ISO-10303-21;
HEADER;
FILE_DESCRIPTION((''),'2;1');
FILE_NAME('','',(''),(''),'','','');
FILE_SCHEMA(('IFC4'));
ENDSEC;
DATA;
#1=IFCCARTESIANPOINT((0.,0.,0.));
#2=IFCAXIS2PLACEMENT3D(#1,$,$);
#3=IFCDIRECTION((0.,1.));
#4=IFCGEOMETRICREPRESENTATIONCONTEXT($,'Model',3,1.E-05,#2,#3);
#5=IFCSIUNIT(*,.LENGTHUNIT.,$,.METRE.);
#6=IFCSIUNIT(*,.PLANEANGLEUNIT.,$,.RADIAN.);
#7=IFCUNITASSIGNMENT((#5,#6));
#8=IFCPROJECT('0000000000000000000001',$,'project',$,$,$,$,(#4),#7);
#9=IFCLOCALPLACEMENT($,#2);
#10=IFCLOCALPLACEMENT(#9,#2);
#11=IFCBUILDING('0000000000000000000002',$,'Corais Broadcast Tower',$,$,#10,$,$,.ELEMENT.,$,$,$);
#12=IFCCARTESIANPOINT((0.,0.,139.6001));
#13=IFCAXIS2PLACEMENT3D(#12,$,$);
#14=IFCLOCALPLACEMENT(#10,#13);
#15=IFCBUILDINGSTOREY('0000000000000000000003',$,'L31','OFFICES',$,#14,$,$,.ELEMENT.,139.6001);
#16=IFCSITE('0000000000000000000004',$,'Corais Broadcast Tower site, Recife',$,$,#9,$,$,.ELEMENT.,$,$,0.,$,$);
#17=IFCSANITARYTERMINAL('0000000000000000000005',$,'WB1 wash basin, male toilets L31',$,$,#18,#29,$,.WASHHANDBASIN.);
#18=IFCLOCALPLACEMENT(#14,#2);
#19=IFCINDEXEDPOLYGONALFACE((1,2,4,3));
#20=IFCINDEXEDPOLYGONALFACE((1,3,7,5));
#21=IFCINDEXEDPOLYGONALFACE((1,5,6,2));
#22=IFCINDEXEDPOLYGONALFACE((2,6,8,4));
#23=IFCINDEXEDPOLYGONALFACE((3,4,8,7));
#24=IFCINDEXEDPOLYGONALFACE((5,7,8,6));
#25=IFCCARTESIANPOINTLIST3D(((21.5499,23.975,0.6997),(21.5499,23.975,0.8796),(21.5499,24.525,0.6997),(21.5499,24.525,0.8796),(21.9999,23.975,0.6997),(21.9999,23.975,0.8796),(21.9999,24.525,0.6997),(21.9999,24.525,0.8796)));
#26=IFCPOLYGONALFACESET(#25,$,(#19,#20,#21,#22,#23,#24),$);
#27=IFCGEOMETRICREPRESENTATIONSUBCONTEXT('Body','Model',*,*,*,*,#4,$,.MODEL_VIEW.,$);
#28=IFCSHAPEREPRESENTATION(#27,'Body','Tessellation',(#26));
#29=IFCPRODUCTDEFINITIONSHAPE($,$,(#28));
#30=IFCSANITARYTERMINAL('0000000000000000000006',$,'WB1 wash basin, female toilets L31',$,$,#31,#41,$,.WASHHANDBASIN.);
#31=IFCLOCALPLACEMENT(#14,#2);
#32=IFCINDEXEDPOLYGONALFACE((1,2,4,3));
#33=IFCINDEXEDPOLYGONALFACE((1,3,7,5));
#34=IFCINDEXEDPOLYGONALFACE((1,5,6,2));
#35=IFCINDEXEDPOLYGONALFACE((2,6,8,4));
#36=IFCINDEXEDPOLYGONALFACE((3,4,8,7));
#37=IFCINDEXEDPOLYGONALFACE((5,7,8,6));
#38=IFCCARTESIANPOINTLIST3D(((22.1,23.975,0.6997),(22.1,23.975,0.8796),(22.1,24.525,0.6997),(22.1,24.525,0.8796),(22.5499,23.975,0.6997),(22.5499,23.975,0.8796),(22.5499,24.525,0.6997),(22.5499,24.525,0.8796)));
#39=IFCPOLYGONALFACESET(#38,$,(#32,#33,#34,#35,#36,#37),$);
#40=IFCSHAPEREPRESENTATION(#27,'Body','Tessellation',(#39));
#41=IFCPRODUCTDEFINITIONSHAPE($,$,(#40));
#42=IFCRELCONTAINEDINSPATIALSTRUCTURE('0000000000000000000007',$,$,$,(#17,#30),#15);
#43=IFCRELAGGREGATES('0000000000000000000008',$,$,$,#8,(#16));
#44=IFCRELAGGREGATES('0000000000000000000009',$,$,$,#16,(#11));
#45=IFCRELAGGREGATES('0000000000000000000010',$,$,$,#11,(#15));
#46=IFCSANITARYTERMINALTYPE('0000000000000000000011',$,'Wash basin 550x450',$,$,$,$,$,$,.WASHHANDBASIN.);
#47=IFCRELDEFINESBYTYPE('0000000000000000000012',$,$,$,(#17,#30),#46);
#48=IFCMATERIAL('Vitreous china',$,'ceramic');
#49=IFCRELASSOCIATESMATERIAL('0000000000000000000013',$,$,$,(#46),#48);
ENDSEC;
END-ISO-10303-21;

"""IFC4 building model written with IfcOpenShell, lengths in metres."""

from ifc_helpers import new_model, si_unit, direction, frame, origin, origin_2d, place, context, subcontext, project, spatial, rectangle, extrude, material, type_object, element, save


model = new_model("IFC4")

# Units and contexts
model_context = context("Model", 3, precision=1e-05, world=origin(), true_north=direction((0.0, 1.0)))
body_context = subcontext(model_context, "Body", "Model", "MODEL_VIEW")
ifc_project = project(units=[si_unit("LENGTHUNIT", "METRE"), si_unit("PLANEANGLEUNIT", "RADIAN")], contexts=[model_context])

# Site, building, storey
site_placement = place(None, origin())
site = spatial("IfcSite", under=ifc_project, at=site_placement, Name="Corais Broadcast Tower site, Recife", CompositionType="ELEMENT", RefElevation=0.0)
building_placement = place(site_placement, origin())
building = spatial("IfcBuilding", under=site, at=building_placement, Name="Corais Broadcast Tower", CompositionType="ELEMENT")
storey_placement = place(building_placement, frame((0.0, 0.0, 139.6001)))
storey = spatial("IfcBuildingStorey", under=building, at=storey_placement, Name="L31", Description="OFFICES", CompositionType="ELEMENT", Elevation=139.6001)

# Sanitary terminals
ifc_material_1 = material(Name="Vitreous china", Category="ceramic")
sanitary_terminal_type = type_object("IfcSanitaryTerminalType", Name="Wash basin 550x450", PredefinedType="WASHHANDBASIN", material=ifc_material_1)
for number, where, z_axis, x_axis, name in (
    (1, (21.7749, 24.25, 0.6997), (0.0, 0.0, 1.0), (1.0, 0.0, 0.0), "WB1 wash basin, male toilets L31"),
    (2, (22.325, 24.25, 0.6997), (0.0, 0.0, 1.0), (1.0, 0.0, 0.0), "WB1 wash basin, female toilets L31"),
):
    element("IfcSanitaryTerminal", number, at=place(storey_placement, frame(where, z_axis=z_axis, x_axis=x_axis)), inside=storey, type_object=sanitary_terminal_type, Name=name, PredefinedType="WASHHANDBASIN", context=body_context, shape_type="SweptSolid", body=[
        extrude(rectangle(XDim=0.45, YDim=0.55, at=origin_2d()), origin(), (0.0, 0.0, 1.0), 0.1799),
    ])

save(model, "model.ifc")
